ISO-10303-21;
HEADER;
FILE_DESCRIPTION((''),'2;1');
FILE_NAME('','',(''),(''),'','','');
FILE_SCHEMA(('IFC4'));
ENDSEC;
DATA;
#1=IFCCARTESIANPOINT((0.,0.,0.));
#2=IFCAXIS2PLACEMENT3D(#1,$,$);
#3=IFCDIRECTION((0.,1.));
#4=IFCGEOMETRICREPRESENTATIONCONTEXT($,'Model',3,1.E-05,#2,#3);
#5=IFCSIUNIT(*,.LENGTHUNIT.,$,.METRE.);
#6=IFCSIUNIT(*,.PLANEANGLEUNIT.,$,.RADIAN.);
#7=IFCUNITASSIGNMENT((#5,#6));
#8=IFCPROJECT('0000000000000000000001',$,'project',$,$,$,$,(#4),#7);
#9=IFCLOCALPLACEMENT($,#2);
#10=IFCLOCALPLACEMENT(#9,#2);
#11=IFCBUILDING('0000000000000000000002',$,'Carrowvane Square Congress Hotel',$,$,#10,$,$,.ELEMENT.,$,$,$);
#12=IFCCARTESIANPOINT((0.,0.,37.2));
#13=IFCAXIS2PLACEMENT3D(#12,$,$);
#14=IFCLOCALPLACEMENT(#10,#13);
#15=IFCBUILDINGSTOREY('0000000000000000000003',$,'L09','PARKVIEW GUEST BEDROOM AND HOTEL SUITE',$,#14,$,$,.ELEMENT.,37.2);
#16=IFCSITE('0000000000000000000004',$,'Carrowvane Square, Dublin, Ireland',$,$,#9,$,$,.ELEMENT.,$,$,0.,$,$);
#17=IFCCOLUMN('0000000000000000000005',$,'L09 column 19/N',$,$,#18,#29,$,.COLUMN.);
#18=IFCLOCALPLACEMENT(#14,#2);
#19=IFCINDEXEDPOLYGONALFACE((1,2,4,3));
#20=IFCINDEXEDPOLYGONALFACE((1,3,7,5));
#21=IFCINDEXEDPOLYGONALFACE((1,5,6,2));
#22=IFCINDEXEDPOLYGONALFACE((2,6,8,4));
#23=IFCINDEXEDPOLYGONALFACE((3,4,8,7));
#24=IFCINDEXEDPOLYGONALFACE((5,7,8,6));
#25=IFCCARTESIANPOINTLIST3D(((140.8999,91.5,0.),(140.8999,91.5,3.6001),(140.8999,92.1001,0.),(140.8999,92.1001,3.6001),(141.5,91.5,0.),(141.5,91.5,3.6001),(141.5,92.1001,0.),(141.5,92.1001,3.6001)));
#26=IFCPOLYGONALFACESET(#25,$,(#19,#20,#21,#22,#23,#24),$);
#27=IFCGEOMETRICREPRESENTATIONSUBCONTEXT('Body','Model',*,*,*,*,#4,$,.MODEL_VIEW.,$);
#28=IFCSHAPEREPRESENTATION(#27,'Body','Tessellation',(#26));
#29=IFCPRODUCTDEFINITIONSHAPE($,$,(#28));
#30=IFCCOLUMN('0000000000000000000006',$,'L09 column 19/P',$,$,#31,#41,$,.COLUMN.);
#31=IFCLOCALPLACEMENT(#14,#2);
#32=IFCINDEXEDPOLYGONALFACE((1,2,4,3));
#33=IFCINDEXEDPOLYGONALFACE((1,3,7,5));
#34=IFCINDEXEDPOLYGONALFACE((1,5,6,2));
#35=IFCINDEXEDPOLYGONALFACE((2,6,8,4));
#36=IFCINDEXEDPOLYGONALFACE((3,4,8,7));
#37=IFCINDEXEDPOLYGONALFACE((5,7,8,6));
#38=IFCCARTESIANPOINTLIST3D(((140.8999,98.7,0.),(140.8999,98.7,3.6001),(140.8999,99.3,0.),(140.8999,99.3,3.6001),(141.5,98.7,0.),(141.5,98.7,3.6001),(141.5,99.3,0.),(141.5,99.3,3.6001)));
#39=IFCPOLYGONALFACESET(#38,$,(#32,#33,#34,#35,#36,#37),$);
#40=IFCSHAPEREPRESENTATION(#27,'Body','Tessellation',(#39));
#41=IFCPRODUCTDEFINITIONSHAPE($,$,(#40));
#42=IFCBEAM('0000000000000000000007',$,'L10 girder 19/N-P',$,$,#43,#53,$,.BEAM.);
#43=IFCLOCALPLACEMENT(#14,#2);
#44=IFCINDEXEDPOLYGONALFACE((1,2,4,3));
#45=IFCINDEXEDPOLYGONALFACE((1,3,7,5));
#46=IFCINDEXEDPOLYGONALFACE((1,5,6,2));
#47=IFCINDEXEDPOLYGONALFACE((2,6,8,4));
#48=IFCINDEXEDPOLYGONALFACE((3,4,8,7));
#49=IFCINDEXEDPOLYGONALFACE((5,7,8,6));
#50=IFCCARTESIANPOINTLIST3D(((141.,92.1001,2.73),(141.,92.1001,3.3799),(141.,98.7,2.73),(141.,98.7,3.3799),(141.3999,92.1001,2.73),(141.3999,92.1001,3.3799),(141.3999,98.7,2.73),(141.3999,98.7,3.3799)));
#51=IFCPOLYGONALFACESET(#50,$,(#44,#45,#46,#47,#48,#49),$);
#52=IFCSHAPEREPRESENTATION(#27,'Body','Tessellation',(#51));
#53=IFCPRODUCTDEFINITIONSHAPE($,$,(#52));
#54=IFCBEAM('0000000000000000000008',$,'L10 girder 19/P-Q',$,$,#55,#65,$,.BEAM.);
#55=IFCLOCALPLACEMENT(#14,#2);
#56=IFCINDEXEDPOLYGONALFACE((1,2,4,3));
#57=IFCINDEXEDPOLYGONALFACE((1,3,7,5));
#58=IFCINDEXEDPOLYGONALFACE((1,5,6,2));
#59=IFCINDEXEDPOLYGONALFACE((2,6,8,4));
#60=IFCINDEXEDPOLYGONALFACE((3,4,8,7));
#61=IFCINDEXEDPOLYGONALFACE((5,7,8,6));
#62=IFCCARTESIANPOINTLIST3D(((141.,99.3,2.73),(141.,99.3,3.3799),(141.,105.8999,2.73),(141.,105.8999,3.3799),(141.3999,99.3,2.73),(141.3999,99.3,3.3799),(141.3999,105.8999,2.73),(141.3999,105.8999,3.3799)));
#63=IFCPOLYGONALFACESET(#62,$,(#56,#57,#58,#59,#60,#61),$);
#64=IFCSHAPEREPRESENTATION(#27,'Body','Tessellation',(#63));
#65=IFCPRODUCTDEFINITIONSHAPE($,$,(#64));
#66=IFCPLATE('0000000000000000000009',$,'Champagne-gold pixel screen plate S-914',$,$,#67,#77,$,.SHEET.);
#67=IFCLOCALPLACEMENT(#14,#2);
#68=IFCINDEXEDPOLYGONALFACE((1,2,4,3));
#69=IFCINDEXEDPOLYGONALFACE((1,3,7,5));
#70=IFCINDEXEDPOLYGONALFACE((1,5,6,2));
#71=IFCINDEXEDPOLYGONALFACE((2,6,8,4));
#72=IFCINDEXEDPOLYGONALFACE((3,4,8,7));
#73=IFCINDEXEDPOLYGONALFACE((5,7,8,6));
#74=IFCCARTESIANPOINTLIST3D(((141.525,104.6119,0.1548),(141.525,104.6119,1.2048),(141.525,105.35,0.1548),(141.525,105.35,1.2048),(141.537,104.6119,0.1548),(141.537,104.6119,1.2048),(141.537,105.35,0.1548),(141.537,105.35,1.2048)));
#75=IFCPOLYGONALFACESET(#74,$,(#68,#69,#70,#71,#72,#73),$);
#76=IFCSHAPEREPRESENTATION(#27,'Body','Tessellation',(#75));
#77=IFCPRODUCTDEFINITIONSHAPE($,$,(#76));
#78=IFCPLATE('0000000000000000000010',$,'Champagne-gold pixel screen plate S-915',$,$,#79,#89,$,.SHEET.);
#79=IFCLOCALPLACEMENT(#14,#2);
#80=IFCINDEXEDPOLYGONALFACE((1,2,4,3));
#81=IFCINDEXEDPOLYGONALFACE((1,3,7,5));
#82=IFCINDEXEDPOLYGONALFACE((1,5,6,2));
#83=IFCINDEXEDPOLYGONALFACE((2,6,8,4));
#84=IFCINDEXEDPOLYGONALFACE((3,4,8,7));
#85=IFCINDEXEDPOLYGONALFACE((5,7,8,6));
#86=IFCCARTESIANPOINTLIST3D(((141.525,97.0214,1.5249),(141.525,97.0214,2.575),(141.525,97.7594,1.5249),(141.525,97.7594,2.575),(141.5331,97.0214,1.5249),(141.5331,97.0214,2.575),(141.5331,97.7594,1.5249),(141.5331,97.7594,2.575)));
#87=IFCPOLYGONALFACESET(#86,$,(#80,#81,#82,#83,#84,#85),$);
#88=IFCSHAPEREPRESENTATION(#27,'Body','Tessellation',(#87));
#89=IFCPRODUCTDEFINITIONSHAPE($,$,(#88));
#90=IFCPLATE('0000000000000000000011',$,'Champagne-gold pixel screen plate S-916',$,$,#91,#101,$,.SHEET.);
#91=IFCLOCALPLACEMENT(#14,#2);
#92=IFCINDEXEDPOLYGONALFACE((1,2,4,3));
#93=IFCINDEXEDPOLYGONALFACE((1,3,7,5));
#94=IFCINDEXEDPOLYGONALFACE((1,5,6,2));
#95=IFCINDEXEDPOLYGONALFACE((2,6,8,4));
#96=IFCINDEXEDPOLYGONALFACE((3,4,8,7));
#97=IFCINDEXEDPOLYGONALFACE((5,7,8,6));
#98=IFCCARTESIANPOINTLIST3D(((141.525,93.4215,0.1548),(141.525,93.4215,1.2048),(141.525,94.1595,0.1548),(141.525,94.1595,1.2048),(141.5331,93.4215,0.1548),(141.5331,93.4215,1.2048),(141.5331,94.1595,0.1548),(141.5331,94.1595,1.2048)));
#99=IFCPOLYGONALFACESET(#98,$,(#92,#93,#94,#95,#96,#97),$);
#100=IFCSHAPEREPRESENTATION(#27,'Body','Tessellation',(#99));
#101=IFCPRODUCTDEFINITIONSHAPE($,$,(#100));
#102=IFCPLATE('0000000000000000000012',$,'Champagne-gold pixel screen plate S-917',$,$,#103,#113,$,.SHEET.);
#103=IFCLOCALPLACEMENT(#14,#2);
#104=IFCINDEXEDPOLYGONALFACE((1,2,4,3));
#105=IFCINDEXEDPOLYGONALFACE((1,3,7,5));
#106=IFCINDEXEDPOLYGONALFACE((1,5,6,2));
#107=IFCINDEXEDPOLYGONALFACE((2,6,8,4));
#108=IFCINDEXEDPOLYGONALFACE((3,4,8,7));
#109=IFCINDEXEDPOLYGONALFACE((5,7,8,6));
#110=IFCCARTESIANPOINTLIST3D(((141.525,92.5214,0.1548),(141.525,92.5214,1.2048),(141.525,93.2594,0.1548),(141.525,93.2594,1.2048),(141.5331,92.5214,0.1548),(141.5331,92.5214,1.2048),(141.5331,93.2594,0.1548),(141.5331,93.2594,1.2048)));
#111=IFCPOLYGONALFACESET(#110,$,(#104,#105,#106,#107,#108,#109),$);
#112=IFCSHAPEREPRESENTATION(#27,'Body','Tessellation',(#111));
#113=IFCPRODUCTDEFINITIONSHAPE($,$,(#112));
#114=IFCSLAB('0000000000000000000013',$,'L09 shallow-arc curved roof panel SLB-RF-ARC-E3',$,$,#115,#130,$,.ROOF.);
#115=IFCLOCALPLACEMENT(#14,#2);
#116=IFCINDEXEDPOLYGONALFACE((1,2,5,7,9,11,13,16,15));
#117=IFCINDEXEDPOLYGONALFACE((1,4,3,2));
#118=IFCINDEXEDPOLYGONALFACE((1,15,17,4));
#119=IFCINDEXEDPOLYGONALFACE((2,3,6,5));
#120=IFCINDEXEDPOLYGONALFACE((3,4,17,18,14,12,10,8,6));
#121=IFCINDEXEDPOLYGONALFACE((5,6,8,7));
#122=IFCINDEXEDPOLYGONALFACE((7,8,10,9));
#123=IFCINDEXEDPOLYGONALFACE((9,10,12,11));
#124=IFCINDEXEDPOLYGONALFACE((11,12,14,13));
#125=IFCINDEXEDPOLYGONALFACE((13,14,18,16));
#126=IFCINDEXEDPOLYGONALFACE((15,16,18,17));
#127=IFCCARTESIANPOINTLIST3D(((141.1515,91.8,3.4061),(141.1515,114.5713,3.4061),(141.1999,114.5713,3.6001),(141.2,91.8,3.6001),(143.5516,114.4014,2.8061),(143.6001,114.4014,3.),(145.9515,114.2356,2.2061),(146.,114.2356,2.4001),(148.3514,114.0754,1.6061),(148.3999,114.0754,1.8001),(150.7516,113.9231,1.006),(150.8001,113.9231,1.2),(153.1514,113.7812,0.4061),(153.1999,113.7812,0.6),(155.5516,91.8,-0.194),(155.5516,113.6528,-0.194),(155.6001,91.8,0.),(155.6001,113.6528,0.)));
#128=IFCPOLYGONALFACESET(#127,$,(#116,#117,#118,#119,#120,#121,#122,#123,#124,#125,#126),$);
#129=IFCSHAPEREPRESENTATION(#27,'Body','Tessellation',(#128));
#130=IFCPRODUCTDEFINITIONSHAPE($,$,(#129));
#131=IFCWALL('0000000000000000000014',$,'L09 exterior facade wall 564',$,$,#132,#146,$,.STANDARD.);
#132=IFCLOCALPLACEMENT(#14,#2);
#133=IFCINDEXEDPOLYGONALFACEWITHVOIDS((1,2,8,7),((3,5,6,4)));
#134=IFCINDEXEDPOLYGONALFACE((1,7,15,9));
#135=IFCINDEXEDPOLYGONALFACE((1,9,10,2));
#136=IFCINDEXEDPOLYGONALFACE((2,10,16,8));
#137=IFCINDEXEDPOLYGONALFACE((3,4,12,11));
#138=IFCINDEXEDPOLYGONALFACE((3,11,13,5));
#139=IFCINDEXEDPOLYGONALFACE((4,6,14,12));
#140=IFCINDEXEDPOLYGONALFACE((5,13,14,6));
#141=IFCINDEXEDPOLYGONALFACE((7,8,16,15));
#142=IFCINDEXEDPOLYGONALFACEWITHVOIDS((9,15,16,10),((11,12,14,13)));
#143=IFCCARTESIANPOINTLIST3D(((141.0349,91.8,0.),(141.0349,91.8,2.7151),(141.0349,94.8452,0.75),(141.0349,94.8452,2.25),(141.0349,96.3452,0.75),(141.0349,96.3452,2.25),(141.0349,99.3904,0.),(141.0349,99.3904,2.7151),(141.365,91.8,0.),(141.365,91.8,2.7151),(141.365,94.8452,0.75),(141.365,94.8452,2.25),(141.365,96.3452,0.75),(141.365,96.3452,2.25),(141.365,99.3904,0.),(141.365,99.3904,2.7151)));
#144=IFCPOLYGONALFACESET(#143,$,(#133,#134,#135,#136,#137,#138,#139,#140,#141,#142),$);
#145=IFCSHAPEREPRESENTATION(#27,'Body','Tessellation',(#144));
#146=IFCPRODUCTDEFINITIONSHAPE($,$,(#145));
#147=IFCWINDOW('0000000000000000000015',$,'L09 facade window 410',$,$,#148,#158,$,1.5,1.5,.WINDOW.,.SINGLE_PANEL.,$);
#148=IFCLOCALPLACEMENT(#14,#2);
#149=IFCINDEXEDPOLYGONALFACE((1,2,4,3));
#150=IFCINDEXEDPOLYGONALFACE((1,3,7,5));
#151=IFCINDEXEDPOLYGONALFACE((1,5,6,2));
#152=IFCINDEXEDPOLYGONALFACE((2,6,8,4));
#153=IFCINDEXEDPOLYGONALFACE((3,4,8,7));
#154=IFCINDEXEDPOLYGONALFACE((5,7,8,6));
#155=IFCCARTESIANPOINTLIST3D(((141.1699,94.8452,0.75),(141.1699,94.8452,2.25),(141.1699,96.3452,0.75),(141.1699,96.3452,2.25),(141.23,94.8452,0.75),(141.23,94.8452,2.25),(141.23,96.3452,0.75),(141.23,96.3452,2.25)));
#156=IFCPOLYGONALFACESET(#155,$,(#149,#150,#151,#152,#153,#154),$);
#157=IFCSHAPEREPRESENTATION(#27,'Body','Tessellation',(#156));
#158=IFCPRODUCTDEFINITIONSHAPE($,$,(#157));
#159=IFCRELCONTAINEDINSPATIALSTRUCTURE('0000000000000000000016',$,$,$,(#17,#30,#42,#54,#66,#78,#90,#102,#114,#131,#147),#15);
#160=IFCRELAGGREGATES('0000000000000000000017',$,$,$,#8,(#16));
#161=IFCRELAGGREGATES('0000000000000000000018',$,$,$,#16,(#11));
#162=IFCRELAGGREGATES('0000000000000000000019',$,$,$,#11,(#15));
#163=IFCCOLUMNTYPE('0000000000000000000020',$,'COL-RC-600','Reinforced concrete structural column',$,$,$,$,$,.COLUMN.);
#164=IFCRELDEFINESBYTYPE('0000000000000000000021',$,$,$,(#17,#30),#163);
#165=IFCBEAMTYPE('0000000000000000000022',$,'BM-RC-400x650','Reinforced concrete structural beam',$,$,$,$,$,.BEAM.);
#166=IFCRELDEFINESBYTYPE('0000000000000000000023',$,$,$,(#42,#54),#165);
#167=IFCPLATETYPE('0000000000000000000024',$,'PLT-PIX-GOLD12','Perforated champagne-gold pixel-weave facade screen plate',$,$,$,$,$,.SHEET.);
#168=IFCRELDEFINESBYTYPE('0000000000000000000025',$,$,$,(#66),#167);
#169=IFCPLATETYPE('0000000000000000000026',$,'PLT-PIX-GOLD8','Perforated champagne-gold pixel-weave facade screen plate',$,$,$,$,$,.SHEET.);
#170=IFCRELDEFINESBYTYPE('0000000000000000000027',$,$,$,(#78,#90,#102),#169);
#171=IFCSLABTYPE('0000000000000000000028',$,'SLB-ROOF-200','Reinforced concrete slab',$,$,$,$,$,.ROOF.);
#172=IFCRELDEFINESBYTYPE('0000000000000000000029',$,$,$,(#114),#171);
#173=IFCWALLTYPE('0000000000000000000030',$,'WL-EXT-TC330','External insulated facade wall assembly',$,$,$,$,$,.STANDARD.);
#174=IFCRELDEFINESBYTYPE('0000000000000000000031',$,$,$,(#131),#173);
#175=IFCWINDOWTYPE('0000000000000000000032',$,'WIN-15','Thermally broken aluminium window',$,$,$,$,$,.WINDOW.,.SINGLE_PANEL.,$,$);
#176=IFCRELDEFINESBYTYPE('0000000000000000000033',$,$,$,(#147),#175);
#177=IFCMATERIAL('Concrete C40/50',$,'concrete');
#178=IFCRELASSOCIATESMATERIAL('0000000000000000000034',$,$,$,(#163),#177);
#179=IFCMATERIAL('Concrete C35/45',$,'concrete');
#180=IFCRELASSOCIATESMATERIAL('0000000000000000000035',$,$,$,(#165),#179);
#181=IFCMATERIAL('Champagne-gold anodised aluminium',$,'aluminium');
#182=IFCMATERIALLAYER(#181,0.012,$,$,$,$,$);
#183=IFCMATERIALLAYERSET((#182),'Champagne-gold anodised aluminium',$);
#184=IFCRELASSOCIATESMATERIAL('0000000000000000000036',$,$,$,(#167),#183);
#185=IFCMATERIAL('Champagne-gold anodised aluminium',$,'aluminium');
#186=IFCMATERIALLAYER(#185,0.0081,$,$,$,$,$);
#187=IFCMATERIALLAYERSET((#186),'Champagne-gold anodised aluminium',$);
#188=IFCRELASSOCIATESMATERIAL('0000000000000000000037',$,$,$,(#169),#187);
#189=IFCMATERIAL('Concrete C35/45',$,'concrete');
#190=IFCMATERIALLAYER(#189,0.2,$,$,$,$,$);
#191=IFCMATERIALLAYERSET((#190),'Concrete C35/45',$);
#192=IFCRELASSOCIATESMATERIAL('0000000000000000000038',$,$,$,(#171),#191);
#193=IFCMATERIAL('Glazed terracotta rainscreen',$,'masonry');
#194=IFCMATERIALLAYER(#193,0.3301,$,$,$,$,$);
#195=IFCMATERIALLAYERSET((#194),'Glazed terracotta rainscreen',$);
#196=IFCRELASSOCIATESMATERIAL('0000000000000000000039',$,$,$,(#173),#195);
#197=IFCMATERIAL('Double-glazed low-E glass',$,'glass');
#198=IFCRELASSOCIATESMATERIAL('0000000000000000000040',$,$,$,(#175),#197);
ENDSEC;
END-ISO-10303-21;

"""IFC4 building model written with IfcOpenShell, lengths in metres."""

from ifc_helpers import new_model, si_unit, direction, frame, frame_2d, origin, origin_2d, place, context, subcontext, project, spatial, polyline, rectangle, outline, extrude, material, layer, layer_set, material_profile, profile_set, type_object, element, fill, save


model = new_model("IFC4")

# Units and contexts
model_context = context("Model", 3, precision=1e-05, world=origin(), true_north=direction((0.0, 1.0)))
body_context = subcontext(model_context, "Body", "Model", "MODEL_VIEW")
ifc_project = project(units=[si_unit("LENGTHUNIT", "METRE"), si_unit("PLANEANGLEUNIT", "RADIAN")], contexts=[model_context])

# Site, building, storey
site_placement = place(None, origin())
site = spatial("IfcSite", under=ifc_project, at=site_placement, Name="Carrowvane Square, Dublin, Ireland", CompositionType="ELEMENT", RefElevation=0.0)
building_placement = place(site_placement, origin())
building = spatial("IfcBuilding", under=site, at=building_placement, Name="Carrowvane Square Congress Hotel", CompositionType="ELEMENT")
storey_placement = place(building_placement, frame((0.0, 0.0, 37.2)))
storey = spatial("IfcBuildingStorey", under=building, at=storey_placement, Name="L09", Description="PARKVIEW GUEST BEDROOM AND HOTEL SUITE", CompositionType="ELEMENT", Elevation=37.2)

# Columns
ifc_material_1 = material(Name="Concrete C40/50", Category="concrete")
ifc_material_profile_1 = material_profile(ifc_material_1, rectangle(XDim=0.6001, YDim=0.6001, at=origin_2d()), Name="RC 600x600")
ifc_profile_set_1 = profile_set([ifc_material_profile_1], Name="Concrete C40/50")
column_type = type_object("IfcColumnType", Name="COL-RC-600", Description="Reinforced concrete structural column", PredefinedType="COLUMN", material=ifc_profile_set_1)
for number, where, z_axis, x_axis, name in (
    (1, (141.2, 91.8, 0.0), (0.0, 0.0, 1.0), (1.0, 0.0, 0.0), "L09 column 19/N"),
    (2, (141.2, 99.0, 0.0), (0.0, 0.0, 1.0), (1.0, 0.0, 0.0), "L09 column 19/P"),
):
    element("IfcColumn", number, at=place(storey_placement, frame(where, z_axis=z_axis, x_axis=x_axis)), inside=storey, type_object=column_type, Name=name, PredefinedType="COLUMN", context=body_context, shape_type="SweptSolid", body=[
        extrude(rectangle(XDim=0.6001, YDim=0.6001, at=origin_2d()), origin(), (0.0, 0.0, 1.0), 3.6001),
    ])

# Beams
ifc_material_2 = material(Name="Concrete C35/45", Category="concrete")
ifc_material_profile_2 = material_profile(ifc_material_2, rectangle(XDim=0.3999, YDim=0.6499, at=origin_2d()), Name="RC 400x650")
ifc_profile_set_2 = profile_set([ifc_material_profile_2], Name="Concrete C35/45")
beam_type = type_object("IfcBeamType", Name="BM-RC-400x650", Description="Reinforced concrete structural beam", PredefinedType="BEAM", material=ifc_profile_set_2)
for number, where, z_axis, x_axis, name in (
    (3, (141.2, 92.1001, 3.0549), (0.0, 1.0, 0.0), (-1.0, 0.0, 0.0), "L10 girder 19/N-P"),
    (4, (141.2, 99.3, 3.0549), (0.0, 1.0, 0.0), (-1.0, 0.0, 0.0), "L10 girder 19/P-Q"),
):
    element("IfcBeam", number, at=place(storey_placement, frame(where, z_axis=z_axis, x_axis=x_axis)), inside=storey, type_object=beam_type, Name=name, PredefinedType="BEAM", context=body_context, shape_type="SweptSolid", body=[
        extrude(rectangle(XDim=0.3999, YDim=0.6499, at=origin_2d()), origin(), (0.0, 0.0, 1.0), 6.5999),
    ])

# Plates
ifc_material_3 = material(Name="Champagne-gold anodised aluminium", Category="aluminium")
ifc_layer_1 = layer(ifc_material_3, 0.012)
ifc_layer_set_1 = layer_set([ifc_layer_1], Name="Champagne-gold anodised aluminium")
plate_type_1 = type_object("IfcPlateType", Name="PLT-PIX-GOLD12", Description="Perforated champagne-gold pixel-weave facade screen plate", PredefinedType="SHEET", material=ifc_layer_set_1)
plate_placement = place(storey_placement, frame((141.531, 104.981, 0.1548), z_axis=(0.0, 0.0, 1.0), x_axis=(0.0, -1.0, 0.0)))
element("IfcPlate", 5, at=plate_placement, inside=storey, type_object=plate_type_1, Name="Champagne-gold pixel screen plate S-914", PredefinedType="SHEET", context=body_context, shape_type="SweptSolid", body=[
    extrude(rectangle(XDim=0.738, YDim=0.012, at=origin_2d()), origin(), (0.0, 0.0, 1.0), 1.05),
])
ifc_material_4 = material(Name="Champagne-gold anodised aluminium", Category="aluminium")
ifc_layer_2 = layer(ifc_material_4, 0.0081)
ifc_layer_set_2 = layer_set([ifc_layer_2], Name="Champagne-gold anodised aluminium")
plate_type_2 = type_object("IfcPlateType", Name="PLT-PIX-GOLD8", Description="Perforated champagne-gold pixel-weave facade screen plate", PredefinedType="SHEET", material=ifc_layer_set_2)
for number, where, z_axis, x_axis, name in (
    (6, (141.5291, 97.3904, 1.5249), (0.0, 0.0, 1.0), (0.0, -1.0, 0.0), "Champagne-gold pixel screen plate S-915"),
    (7, (141.5291, 93.7905, 0.1548), (0.0, 0.0, 1.0), (0.0, -1.0, 0.0), "Champagne-gold pixel screen plate S-916"),
    (8, (141.5291, 92.8904, 0.1548), (0.0, 0.0, 1.0), (0.0, -1.0, 0.0), "Champagne-gold pixel screen plate S-917"),
):
    element("IfcPlate", number, at=place(storey_placement, frame(where, z_axis=z_axis, x_axis=x_axis)), inside=storey, type_object=plate_type_2, Name=name, PredefinedType="SHEET", context=body_context, shape_type="SweptSolid", body=[
        extrude(rectangle(XDim=0.738, YDim=0.0081, at=origin_2d()), origin(), (0.0, 0.0, 1.0), 1.05),
    ])

# Slab
ifc_material_5 = material(Name="Concrete C35/45", Category="concrete")
ifc_layer_3 = layer(ifc_material_5, 0.2)
ifc_layer_set_3 = layer_set([ifc_layer_3], Name="Concrete C35/45")
slab_type = type_object("IfcSlabType", Name="SLB-ROOF-200", Description="Reinforced concrete slab", PredefinedType="ROOF", material=ifc_layer_set_3)
slab_placement = place(storey_placement, frame((141.2, 91.8, 3.6001), z_axis=(0.24254, 0.0, 0.970142), x_axis=(0.970142, 0.0, -0.24254)))
element("IfcSlab", 9, at=slab_placement, inside=storey, type_object=slab_type, Name="L09 shallow-arc curved roof panel SLB-RF-ARC-E3", PredefinedType="ROOF", context=body_context, shape_type="SweptSolid", body=[
    extrude(outline(polyline([(0.0, 0.0), (14.8433, 0.0), (14.8433, 21.8528), (12.3693, 21.9812), (9.8956, 22.123), (7.4216, 22.2754), (4.9478, 22.4355), (2.474, 22.6013), (0.0, 22.7712), (0.0, 0.0)])), origin(), (0.0, 0.0, -1.0), 0.2),
])

# Wall, opening, window
ifc_material_6 = material(Name="Glazed terracotta rainscreen", Category="masonry")
ifc_layer_4 = layer(ifc_material_6, 0.3301)
ifc_layer_set_4 = layer_set([ifc_layer_4], Name="Glazed terracotta rainscreen")
wall_type = type_object("IfcWallType", Name="WL-EXT-TC330", Description="External insulated facade wall assembly", PredefinedType="STANDARD", material=ifc_layer_set_4)
wall_1_placement = place(storey_placement, frame((141.2, 99.3904, 0.0), z_axis=(0.0, 0.0, 1.0), x_axis=(0.0, -1.0, 0.0)))
wall_1 = element("IfcWall", 10, at=wall_1_placement, inside=storey, type_object=wall_type, Name="L09 exterior facade wall 564", PredefinedType="STANDARD", context=body_context, shape_type="SweptSolid", body=[
    extrude(rectangle(XDim=7.5903, YDim=0.3301, at=frame_2d((3.7952, 0.0))), origin(), (0.0, 0.0, 1.0), 2.7151),
])
opening_1_placement = place(wall_1_placement, frame((3.0452, 0.0, 0.75)))
opening_1 = element("IfcOpeningElement", 11, at=opening_1_placement, cuts=wall_1, PredefinedType="OPENING", context=body_context, shape_type="SweptSolid", body=[
    extrude(rectangle(XDim=1.5, YDim=1.5, at=frame_2d((0.75, 0.75))), frame((0.0, 0.175, 0.0), z_axis=(0.0, -1.0, 0.0), x_axis=(1.0, 0.0, 0.0)), (0.0, 0.0, 1.0), 0.3501),
])
ifc_material_7 = material(Name="Double-glazed low-E glass", Category="glass")
window_type_1 = type_object("IfcWindowType", Name="WIN-15", Description="Thermally broken aluminium window", PartitioningType="SINGLE_PANEL", PredefinedType="WINDOW", material=ifc_material_7)
window_1_placement = place(opening_1_placement, origin())
window_1 = element("IfcWindow", 12, at=window_1_placement, inside=storey, type_object=window_type_1, Name="L09 facade window 410", OverallHeight=1.5, OverallWidth=1.5, PartitioningType="SINGLE_PANEL", PredefinedType="WINDOW", context=body_context, shape_type="SweptSolid", body=[
    extrude(rectangle(XDim=1.5, YDim=1.5, at=frame_2d((0.75, 0.75))), frame((0.0, 0.03, 0.0), z_axis=(0.0, -1.0, 0.0), x_axis=(1.0, 0.0, 0.0)), (0.0, 0.0, 1.0), 0.0601),
])
fill(opening_1, window_1)

save(model, "model.ifc")
